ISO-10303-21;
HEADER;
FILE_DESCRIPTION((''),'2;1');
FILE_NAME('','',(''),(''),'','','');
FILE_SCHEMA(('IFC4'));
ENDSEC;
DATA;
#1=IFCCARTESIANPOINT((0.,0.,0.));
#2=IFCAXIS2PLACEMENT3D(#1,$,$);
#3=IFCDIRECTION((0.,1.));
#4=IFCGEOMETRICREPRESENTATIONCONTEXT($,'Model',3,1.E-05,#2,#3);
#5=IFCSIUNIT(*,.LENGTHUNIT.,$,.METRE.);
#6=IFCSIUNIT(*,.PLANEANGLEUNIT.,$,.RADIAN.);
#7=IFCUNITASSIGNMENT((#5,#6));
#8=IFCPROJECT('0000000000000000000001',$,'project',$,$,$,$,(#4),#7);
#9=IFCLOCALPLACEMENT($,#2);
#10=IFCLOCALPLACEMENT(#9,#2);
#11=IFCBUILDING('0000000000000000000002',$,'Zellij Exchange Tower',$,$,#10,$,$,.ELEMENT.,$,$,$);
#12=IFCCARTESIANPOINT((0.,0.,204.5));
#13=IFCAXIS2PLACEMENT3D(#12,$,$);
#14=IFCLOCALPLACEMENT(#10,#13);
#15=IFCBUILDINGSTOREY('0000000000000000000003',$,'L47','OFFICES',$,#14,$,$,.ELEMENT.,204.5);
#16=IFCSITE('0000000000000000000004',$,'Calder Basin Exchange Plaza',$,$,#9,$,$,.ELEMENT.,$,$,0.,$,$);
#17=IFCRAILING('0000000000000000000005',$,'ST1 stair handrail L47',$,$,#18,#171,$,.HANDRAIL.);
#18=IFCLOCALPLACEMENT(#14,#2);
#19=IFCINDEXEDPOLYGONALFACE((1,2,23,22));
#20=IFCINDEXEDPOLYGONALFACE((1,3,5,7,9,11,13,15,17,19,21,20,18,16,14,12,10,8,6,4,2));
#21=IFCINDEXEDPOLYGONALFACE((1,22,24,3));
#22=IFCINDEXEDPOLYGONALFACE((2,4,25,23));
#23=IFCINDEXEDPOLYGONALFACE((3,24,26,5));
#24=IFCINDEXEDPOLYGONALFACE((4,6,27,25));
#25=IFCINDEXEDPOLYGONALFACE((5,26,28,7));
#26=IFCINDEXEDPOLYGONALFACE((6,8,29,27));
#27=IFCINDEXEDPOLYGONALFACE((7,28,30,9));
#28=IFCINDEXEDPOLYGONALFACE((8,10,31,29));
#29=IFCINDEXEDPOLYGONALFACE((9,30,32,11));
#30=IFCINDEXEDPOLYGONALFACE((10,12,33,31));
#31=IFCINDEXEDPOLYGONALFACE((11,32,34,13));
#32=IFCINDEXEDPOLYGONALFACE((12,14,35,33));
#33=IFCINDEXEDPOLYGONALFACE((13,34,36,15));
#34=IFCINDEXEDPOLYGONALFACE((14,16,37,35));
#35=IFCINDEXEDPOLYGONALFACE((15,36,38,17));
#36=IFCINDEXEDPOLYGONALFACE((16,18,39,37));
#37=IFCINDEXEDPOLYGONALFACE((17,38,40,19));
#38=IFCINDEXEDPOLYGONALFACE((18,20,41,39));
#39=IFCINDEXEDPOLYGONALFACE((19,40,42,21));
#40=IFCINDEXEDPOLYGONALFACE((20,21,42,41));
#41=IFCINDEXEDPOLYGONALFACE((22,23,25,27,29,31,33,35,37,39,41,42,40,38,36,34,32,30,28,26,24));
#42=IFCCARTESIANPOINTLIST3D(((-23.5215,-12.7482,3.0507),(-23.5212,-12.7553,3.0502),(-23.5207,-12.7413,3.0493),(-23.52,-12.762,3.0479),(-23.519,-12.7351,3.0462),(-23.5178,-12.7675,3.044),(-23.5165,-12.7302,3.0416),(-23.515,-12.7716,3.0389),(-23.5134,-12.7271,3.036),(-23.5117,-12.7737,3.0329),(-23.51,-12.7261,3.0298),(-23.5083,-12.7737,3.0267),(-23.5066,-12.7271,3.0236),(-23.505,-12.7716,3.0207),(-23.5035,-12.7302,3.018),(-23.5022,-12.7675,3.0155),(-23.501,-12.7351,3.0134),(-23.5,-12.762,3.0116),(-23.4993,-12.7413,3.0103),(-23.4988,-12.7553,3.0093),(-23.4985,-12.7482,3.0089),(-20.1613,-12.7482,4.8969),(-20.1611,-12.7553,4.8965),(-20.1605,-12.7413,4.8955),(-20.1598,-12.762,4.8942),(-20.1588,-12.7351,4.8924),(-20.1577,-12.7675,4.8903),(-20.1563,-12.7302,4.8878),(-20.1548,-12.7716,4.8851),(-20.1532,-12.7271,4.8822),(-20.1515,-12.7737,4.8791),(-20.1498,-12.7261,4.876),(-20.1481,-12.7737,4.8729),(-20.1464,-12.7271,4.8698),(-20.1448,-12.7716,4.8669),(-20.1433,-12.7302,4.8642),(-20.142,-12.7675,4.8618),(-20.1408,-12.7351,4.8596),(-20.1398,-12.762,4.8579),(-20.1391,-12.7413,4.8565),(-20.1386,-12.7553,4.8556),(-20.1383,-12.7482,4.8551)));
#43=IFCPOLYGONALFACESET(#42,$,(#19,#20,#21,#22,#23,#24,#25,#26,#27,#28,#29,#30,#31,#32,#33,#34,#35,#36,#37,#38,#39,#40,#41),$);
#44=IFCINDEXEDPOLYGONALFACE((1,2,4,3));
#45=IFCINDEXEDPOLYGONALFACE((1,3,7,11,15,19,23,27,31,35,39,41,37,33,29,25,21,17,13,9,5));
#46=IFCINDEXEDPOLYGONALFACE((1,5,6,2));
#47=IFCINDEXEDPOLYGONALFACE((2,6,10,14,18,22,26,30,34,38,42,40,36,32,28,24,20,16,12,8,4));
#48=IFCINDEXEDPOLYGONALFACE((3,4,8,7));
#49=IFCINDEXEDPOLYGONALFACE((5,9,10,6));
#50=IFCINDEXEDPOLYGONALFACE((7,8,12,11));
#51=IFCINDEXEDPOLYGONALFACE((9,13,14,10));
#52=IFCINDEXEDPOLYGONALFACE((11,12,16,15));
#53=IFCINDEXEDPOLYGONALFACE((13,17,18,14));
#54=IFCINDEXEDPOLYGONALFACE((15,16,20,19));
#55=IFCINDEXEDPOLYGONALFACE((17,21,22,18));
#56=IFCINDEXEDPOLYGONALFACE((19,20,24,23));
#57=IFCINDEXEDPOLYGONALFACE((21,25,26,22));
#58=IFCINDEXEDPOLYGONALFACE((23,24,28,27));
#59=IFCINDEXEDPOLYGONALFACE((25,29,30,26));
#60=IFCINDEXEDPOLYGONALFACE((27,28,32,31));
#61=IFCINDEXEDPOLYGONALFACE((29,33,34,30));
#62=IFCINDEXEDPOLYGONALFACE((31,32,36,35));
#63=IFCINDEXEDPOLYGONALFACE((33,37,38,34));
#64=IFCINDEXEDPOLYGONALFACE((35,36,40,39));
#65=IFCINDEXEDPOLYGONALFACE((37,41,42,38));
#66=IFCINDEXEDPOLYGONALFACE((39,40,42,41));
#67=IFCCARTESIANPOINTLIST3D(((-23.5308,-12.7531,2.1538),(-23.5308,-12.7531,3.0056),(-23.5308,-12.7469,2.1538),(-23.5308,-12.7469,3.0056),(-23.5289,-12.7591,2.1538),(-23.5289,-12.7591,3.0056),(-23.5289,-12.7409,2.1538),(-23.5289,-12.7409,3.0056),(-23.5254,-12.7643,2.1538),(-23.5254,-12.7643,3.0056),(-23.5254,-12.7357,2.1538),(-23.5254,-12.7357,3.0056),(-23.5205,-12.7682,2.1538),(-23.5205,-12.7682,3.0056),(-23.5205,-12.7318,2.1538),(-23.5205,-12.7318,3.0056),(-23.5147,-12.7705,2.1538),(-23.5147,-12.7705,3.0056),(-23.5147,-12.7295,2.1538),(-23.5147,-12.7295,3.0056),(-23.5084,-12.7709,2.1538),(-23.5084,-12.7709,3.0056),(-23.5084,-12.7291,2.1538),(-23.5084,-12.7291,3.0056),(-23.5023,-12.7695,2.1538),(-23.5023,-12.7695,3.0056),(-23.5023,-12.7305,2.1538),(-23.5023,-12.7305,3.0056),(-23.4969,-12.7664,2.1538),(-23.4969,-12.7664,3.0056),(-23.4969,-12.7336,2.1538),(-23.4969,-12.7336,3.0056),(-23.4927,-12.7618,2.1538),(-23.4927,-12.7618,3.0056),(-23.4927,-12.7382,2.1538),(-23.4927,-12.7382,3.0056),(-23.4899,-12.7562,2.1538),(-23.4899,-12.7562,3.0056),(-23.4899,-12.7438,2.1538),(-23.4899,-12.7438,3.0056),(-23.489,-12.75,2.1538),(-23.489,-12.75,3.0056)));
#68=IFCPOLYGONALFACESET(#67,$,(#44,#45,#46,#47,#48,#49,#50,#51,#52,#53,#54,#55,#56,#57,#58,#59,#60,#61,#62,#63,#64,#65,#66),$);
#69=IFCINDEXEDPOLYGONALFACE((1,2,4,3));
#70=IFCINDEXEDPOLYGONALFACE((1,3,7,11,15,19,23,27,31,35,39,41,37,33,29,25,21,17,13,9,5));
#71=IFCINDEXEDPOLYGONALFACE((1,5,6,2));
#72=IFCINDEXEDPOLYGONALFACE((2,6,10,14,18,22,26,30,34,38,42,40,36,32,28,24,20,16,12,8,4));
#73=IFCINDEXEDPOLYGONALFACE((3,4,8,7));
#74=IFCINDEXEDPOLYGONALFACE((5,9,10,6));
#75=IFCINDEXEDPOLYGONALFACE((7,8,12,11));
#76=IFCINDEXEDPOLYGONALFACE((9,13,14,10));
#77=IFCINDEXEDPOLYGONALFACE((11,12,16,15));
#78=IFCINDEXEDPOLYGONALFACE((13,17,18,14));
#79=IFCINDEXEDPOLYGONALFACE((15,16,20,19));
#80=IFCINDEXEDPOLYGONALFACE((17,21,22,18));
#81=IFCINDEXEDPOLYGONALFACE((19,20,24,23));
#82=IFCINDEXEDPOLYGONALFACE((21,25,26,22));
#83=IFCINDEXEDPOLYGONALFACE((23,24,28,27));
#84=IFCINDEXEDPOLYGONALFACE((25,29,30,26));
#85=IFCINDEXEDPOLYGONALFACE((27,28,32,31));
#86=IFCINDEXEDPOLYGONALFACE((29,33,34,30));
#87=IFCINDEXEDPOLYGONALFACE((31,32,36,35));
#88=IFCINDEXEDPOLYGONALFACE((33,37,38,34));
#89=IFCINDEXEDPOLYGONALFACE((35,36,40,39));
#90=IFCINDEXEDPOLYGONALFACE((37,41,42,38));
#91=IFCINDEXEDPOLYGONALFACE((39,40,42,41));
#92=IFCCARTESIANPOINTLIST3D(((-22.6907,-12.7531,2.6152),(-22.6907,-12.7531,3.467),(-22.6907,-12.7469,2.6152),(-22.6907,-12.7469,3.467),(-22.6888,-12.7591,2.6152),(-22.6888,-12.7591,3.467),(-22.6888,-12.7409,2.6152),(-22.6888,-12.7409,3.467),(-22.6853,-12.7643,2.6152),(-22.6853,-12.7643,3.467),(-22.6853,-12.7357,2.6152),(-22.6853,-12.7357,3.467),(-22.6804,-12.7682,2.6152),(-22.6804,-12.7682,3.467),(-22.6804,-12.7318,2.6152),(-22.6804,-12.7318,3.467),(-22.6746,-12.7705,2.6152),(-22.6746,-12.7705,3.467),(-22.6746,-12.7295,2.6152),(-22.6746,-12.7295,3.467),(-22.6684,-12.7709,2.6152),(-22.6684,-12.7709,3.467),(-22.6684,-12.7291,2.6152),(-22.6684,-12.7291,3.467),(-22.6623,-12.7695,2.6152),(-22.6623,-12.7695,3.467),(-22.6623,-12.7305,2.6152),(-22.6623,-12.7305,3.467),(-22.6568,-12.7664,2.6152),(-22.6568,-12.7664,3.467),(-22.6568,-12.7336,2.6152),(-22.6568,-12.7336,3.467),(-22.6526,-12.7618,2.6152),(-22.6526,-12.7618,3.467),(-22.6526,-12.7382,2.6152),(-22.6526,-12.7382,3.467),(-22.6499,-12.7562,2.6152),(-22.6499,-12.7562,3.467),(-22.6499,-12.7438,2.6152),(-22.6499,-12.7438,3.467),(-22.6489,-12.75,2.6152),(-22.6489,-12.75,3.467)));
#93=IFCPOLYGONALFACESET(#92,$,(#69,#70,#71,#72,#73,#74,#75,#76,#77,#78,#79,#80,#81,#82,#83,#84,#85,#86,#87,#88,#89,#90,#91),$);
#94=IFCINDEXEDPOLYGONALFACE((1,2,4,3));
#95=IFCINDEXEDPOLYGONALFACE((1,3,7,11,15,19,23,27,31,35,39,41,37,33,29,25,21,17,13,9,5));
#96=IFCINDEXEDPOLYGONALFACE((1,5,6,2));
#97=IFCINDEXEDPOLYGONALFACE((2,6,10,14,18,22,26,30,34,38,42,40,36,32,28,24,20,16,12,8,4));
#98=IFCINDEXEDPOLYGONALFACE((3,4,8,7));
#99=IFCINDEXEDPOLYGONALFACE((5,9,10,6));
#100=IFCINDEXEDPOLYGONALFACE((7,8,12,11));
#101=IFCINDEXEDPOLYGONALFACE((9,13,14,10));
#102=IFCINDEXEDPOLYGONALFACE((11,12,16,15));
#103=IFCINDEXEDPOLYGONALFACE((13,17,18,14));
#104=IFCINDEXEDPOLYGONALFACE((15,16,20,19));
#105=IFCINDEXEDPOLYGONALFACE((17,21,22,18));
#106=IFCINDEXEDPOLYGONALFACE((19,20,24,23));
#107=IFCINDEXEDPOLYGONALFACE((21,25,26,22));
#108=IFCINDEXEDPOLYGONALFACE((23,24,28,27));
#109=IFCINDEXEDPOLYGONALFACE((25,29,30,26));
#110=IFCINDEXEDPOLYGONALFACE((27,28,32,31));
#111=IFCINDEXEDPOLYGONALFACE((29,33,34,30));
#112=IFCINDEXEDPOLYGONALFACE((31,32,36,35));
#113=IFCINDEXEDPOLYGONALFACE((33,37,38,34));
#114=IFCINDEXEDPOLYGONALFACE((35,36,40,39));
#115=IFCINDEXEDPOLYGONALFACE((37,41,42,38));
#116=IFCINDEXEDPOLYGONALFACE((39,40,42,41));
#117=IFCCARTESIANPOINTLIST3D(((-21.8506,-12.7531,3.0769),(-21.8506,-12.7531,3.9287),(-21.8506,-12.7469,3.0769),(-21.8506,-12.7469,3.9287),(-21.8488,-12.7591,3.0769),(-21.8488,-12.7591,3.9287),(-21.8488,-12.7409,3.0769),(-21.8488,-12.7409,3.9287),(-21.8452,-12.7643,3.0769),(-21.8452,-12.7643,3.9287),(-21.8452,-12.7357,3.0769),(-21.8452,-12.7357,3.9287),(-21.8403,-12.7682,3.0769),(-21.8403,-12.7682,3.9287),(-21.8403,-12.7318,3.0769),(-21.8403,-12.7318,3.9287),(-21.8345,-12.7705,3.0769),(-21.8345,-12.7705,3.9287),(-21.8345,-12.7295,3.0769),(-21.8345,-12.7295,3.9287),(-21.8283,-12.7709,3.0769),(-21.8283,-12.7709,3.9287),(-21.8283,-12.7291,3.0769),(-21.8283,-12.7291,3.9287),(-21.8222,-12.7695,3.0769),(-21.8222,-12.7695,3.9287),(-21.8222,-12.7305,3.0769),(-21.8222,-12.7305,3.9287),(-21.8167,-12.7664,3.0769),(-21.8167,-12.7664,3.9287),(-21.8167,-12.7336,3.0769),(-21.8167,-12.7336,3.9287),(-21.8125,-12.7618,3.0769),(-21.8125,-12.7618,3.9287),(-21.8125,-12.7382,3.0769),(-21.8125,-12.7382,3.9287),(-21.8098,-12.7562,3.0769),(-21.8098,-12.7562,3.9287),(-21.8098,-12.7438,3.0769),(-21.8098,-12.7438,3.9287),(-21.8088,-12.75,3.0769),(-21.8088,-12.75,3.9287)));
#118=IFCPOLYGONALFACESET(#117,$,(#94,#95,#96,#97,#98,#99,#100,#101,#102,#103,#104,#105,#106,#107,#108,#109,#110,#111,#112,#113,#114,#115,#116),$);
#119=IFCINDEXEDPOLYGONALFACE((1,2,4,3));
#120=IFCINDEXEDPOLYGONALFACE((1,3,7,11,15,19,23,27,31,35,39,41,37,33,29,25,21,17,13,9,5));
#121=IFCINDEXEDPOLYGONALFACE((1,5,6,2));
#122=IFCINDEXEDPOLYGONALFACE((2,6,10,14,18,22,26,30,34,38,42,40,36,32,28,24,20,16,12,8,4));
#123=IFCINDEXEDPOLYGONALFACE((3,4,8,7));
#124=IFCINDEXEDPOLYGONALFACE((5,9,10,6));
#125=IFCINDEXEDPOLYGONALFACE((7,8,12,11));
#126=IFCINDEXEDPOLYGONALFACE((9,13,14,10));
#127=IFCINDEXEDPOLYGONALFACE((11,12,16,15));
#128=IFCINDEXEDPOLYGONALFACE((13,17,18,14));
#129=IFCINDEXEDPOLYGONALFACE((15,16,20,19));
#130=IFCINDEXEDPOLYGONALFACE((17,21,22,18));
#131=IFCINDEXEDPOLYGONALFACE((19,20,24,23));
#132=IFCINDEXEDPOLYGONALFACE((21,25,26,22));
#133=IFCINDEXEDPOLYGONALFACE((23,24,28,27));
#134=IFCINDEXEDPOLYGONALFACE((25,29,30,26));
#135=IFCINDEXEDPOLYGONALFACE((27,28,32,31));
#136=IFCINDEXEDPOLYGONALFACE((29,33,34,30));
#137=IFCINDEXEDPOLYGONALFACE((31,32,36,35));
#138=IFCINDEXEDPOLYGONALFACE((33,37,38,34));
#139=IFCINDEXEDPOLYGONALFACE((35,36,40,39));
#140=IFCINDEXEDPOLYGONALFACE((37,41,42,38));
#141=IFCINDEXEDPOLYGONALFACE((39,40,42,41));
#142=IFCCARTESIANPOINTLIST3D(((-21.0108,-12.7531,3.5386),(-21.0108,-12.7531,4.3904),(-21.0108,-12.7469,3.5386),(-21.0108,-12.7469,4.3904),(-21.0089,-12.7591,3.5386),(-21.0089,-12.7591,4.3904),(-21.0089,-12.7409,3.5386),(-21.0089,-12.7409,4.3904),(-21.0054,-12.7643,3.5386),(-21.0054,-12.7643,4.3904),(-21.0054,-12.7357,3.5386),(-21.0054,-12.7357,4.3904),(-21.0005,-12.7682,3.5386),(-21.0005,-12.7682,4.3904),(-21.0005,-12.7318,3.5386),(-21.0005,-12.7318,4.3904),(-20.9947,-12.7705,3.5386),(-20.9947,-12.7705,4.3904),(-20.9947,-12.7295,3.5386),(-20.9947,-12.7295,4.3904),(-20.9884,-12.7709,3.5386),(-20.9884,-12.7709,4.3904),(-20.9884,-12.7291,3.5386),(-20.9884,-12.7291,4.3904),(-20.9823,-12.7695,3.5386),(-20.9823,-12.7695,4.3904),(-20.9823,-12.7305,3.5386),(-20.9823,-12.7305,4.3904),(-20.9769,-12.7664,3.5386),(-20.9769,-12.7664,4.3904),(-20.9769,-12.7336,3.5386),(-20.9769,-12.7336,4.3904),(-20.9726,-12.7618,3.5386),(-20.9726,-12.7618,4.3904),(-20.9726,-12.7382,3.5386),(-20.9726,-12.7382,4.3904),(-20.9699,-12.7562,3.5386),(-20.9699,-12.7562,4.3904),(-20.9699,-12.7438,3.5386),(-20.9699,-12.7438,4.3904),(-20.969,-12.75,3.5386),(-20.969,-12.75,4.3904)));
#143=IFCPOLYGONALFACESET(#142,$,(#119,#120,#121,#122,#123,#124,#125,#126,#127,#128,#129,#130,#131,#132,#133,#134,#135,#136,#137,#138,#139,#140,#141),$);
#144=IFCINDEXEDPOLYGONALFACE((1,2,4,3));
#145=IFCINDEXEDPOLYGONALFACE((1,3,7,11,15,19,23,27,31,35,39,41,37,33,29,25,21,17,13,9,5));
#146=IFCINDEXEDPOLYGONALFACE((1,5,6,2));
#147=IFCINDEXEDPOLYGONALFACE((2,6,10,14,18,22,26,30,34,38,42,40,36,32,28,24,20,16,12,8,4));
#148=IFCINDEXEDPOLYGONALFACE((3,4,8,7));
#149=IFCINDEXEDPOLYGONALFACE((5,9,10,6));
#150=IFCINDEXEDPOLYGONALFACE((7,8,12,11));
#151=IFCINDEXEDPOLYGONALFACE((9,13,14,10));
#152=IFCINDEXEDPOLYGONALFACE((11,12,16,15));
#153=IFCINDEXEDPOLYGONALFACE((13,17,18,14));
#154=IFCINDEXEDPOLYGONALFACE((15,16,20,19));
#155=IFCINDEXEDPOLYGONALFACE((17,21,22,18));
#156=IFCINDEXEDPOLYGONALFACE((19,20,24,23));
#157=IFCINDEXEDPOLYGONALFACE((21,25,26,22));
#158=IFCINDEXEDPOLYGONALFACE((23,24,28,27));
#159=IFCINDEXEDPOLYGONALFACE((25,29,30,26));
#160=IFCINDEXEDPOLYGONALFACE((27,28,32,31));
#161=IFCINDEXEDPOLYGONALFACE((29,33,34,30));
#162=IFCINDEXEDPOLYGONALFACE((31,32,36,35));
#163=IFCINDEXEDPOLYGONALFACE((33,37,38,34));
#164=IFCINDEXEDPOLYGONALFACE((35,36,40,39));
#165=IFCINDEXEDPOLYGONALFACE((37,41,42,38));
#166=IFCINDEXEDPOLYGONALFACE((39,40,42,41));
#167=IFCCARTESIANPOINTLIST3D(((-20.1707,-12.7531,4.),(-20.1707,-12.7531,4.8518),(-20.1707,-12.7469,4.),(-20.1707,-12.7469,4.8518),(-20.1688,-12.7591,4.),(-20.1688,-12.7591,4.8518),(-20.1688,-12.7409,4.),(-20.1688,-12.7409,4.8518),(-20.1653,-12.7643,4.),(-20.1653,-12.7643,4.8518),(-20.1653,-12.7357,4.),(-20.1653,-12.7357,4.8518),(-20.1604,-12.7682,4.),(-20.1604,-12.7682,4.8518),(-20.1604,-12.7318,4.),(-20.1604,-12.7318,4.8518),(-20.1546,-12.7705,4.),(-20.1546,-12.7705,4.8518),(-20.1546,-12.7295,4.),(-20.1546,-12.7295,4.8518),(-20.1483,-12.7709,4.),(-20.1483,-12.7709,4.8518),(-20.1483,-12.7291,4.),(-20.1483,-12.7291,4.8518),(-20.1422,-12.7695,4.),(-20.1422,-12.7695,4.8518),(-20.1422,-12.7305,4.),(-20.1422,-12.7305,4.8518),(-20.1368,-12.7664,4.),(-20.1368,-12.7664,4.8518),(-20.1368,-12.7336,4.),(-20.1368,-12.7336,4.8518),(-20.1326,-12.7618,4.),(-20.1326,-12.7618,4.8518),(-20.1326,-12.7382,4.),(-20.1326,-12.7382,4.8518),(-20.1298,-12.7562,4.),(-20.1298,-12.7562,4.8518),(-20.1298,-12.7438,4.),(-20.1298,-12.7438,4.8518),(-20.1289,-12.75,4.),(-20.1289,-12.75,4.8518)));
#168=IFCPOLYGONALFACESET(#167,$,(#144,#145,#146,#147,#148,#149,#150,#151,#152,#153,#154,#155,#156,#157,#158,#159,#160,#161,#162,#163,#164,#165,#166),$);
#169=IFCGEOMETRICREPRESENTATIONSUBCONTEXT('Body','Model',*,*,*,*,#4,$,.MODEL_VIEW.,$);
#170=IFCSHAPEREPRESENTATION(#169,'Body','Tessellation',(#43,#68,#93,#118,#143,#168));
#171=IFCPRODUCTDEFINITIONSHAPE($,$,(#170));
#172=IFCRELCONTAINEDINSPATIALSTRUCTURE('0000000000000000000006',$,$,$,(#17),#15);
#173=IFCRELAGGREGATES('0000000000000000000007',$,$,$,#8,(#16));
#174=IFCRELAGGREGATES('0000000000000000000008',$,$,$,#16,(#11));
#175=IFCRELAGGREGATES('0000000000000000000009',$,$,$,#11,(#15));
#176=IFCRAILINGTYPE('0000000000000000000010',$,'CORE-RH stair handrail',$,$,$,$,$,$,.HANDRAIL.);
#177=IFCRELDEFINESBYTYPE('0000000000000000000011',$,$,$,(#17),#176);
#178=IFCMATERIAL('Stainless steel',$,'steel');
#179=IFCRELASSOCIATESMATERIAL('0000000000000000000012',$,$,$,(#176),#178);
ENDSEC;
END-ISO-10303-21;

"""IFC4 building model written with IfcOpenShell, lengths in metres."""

from ifc_helpers import new_model, si_unit, direction, frame, origin, origin_2d, place, context, subcontext, project, spatial, circle, extrude, material, type_object, element, save


model = new_model("IFC4")

# Units and contexts
model_context = context("Model", 3, precision=1e-05, world=origin(), true_north=direction((0.0, 1.0)))
body_context = subcontext(model_context, "Body", "Model", "MODEL_VIEW")
ifc_project = project(units=[si_unit("LENGTHUNIT", "METRE"), si_unit("PLANEANGLEUNIT", "RADIAN")], contexts=[model_context])

# Site, building, storey
site_placement = place(None, origin())
site = spatial("IfcSite", under=ifc_project, at=site_placement, Name="Calder Basin Exchange Plaza", CompositionType="ELEMENT", RefElevation=0.0)
building_placement = place(site_placement, origin())
building = spatial("IfcBuilding", under=site, at=building_placement, Name="Zellij Exchange Tower", CompositionType="ELEMENT")
storey_placement = place(building_placement, frame((0.0, 0.0, 204.5)))
storey = spatial("IfcBuildingStorey", under=building, at=storey_placement, Name="L47", Description="OFFICES", CompositionType="ELEMENT", Elevation=204.5)

# Railing
ifc_material_1 = material(Name="Stainless steel", Category="steel")
railing_type = type_object("IfcRailingType", Name="CORE-RH stair handrail", PredefinedType="HANDRAIL", material=ifc_material_1)
railing_placement = place(storey_placement, frame((-23.51, -12.75, 2.1538)))
element("IfcRailing", 1, at=railing_placement, inside=storey, type_object=railing_type, Name="ST1 stair handrail L47", PredefinedType="HANDRAIL", context=body_context, shape_type="SweptSolid", body=[
    extrude(circle(Radius=0.0239, at=origin_2d()), frame((0.0, 0.0, 0.876), z_axis=(0.876422, 0.0, 0.481545), x_axis=(0.0, 1.0, 0.0)), (0.0, 0.0, 1.0), 3.834),
    extrude(circle(Radius=0.021, at=origin_2d()), origin(), (0.0, 0.0, 1.0), 0.8518),
    extrude(circle(Radius=0.021, at=origin_2d()), frame((0.8401, 0.0, 0.4614)), (0.0, 0.0, 1.0), 0.8518),
    extrude(circle(Radius=0.021, at=origin_2d()), frame((1.6802, 0.0, 0.9231)), (0.0, 0.0, 1.0), 0.8518),
    extrude(circle(Radius=0.021, at=origin_2d()), frame((2.52, 0.0, 1.3848)), (0.0, 0.0, 1.0), 0.8518),
    extrude(circle(Radius=0.021, at=origin_2d()), frame((3.3601, 0.0, 1.8462)), (0.0, 0.0, 1.0), 0.8518),
])

save(model, "model.ifc")
